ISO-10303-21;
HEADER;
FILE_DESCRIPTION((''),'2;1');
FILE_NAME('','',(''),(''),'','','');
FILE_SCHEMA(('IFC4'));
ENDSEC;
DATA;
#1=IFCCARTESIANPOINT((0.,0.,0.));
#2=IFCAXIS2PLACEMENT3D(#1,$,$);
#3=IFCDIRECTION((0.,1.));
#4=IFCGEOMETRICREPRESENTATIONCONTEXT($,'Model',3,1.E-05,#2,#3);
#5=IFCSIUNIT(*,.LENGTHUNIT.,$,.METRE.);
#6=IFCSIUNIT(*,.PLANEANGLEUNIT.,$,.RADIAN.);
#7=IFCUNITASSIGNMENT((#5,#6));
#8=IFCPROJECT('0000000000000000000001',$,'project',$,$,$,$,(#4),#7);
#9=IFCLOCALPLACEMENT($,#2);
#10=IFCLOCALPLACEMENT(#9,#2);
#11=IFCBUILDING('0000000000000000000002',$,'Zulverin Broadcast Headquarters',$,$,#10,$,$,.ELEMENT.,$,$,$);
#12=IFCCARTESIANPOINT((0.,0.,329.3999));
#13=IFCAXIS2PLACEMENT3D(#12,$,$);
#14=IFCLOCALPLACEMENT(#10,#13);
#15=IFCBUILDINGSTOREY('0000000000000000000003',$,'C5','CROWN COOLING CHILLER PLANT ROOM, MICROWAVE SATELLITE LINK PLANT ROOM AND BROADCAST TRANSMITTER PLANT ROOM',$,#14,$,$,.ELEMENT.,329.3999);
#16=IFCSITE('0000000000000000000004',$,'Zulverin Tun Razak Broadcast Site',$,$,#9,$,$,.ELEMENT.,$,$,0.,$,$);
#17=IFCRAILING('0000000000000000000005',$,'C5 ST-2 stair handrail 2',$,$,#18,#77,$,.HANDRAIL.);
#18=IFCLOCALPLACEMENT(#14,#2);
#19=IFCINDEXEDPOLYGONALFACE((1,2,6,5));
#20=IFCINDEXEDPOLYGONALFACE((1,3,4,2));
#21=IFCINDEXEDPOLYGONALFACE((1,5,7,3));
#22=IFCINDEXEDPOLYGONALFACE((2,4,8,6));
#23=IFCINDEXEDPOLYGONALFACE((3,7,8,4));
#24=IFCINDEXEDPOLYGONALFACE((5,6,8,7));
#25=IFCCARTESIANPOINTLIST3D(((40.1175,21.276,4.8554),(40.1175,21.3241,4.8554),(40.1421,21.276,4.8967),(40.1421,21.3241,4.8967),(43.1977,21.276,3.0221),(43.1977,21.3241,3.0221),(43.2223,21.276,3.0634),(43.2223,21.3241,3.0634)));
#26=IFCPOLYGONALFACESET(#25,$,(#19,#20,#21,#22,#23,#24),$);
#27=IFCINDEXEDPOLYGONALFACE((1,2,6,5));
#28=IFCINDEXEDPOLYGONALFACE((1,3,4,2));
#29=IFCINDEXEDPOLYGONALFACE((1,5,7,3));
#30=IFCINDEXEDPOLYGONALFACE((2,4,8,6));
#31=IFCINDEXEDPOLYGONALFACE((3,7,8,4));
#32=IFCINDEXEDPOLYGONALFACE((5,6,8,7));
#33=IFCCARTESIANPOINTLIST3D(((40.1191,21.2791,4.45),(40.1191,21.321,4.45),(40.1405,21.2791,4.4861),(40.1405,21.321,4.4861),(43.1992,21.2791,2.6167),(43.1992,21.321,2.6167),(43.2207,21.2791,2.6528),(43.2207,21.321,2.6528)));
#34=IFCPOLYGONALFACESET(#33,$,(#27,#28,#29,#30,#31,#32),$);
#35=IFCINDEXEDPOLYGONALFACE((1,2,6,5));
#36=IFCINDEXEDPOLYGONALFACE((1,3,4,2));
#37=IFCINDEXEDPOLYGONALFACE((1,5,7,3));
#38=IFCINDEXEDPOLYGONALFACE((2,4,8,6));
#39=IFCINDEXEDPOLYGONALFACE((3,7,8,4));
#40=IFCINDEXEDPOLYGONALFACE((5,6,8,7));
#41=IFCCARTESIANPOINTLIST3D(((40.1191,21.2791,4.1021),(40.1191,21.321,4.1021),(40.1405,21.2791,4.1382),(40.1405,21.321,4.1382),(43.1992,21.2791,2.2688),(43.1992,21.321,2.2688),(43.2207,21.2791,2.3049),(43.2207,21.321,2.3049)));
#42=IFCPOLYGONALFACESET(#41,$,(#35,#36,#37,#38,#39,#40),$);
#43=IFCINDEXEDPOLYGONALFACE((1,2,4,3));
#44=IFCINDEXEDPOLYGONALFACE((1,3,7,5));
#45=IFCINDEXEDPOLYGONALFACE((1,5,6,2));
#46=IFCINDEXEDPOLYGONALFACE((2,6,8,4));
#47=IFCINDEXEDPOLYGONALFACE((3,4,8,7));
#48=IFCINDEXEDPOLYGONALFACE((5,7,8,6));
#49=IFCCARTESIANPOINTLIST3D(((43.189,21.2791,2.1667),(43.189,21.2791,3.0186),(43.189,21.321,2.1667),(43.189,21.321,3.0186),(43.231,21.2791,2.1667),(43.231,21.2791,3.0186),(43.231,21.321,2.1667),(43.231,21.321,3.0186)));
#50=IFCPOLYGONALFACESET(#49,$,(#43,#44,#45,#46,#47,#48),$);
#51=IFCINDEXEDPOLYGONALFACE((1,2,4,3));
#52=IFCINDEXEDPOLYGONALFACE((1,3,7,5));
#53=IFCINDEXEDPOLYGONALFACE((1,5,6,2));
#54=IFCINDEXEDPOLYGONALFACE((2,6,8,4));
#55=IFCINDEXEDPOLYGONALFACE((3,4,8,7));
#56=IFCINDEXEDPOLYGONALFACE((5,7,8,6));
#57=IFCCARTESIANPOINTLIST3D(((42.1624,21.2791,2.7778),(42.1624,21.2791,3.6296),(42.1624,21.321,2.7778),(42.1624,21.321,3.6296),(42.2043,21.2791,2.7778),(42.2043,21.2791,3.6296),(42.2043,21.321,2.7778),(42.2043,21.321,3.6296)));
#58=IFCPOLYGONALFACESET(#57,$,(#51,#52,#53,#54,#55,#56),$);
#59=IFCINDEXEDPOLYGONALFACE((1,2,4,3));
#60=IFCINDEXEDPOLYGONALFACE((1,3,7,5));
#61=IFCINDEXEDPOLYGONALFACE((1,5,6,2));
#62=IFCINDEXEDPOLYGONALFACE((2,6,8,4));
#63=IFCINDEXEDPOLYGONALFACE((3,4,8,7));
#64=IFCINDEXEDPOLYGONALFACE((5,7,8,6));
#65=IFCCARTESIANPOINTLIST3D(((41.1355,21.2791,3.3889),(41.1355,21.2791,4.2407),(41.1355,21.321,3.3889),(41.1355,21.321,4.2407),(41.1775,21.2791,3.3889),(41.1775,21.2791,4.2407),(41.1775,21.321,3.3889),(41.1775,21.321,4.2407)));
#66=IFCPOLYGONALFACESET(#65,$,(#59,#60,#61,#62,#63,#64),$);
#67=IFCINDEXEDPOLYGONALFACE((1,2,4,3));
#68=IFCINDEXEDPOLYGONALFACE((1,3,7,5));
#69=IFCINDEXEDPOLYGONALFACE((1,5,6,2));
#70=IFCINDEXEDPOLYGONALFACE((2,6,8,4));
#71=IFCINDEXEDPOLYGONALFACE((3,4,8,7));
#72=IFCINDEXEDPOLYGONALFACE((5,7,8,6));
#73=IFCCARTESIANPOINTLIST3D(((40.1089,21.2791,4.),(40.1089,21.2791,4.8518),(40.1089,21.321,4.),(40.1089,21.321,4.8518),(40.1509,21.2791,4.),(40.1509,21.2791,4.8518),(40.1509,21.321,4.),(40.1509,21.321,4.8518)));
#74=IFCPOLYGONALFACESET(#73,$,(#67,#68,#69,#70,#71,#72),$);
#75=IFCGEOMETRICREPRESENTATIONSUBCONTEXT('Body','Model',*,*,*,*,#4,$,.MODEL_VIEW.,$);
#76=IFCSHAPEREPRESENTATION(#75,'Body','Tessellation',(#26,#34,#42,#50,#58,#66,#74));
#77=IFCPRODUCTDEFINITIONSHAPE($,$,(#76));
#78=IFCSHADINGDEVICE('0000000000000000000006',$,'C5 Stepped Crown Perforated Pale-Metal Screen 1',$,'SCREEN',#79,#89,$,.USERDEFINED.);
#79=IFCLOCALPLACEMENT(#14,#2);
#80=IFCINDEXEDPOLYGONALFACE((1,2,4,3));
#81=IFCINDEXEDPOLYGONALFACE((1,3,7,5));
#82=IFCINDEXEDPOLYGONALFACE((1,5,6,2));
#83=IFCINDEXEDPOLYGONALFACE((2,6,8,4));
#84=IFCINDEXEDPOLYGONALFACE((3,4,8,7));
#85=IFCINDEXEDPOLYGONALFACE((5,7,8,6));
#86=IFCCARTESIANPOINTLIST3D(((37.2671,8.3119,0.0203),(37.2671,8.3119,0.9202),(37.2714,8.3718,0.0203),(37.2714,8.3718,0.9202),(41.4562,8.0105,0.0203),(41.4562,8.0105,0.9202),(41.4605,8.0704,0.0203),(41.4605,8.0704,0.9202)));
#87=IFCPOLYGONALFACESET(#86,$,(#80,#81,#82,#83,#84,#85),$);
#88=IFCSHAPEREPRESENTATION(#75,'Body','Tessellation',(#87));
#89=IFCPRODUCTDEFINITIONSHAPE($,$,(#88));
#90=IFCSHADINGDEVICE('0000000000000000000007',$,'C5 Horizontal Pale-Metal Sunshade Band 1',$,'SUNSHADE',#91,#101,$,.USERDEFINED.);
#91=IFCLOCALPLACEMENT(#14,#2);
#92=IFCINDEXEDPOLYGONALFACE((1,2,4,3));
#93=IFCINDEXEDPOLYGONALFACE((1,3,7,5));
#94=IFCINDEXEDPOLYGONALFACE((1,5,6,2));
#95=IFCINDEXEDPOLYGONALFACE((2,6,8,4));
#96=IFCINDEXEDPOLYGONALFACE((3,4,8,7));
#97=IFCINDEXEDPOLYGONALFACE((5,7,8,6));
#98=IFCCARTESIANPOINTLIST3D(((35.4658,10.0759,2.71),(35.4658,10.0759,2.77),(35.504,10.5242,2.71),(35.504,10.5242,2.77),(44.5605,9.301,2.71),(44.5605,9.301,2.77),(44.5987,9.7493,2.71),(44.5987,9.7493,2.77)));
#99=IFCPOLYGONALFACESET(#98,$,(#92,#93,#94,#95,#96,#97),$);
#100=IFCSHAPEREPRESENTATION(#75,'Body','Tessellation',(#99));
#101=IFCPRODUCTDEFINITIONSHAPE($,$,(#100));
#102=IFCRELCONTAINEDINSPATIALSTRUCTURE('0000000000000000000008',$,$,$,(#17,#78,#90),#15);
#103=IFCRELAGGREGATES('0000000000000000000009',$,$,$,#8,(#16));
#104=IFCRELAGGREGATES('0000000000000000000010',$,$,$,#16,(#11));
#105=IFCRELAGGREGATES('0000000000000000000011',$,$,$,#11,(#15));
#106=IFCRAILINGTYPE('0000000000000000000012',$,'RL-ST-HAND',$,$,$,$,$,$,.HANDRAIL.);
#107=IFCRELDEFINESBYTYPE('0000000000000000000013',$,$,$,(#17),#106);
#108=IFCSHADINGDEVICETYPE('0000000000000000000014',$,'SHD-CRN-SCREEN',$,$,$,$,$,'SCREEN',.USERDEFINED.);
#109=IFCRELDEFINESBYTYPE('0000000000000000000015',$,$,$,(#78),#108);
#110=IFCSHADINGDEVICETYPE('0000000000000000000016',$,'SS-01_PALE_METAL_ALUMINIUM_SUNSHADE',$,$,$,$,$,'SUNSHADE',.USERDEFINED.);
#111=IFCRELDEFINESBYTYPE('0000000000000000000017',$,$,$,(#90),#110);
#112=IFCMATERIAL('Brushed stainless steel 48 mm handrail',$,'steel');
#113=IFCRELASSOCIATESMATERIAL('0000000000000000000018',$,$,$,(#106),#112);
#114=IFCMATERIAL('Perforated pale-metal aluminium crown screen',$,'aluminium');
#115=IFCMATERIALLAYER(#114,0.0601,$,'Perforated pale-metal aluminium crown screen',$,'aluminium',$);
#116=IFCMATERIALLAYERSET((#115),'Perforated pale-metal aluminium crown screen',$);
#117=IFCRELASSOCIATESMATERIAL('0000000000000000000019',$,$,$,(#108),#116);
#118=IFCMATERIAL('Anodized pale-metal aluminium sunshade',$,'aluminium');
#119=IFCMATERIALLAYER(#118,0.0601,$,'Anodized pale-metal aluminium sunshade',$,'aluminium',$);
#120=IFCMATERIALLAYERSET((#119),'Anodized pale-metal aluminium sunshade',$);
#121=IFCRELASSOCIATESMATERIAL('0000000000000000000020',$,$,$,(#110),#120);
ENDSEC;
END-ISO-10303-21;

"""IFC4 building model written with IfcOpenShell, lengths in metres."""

from ifc_helpers import new_model, si_unit, direction, frame, origin, origin_2d, place, context, subcontext, project, spatial, rectangle, extrude, material, layer, layer_set, type_object, element, save


model = new_model("IFC4")

# Units and contexts
model_context = context("Model", 3, precision=1e-05, world=origin(), true_north=direction((0.0, 1.0)))
body_context = subcontext(model_context, "Body", "Model", "MODEL_VIEW")
ifc_project = project(units=[si_unit("LENGTHUNIT", "METRE"), si_unit("PLANEANGLEUNIT", "RADIAN")], contexts=[model_context])

# Site, building, storey
site_placement = place(None, origin())
site = spatial("IfcSite", under=ifc_project, at=site_placement, Name="Zulverin Tun Razak Broadcast Site", CompositionType="ELEMENT", RefElevation=0.0)
building_placement = place(site_placement, origin())
building = spatial("IfcBuilding", under=site, at=building_placement, Name="Zulverin Broadcast Headquarters", CompositionType="ELEMENT")
storey_placement = place(building_placement, frame((0.0, 0.0, 329.3999)))
storey = spatial("IfcBuildingStorey", under=building, at=storey_placement, Name="C5", Description="CROWN COOLING CHILLER PLANT ROOM, MICROWAVE SATELLITE LINK PLANT ROOM AND BROADCAST TRANSMITTER PLANT ROOM", CompositionType="ELEMENT", Elevation=329.3999)

# Railing
ifc_material_1 = material(Name="Brushed stainless steel 48 mm handrail", Category="steel")
railing_type_1 = type_object("IfcRailingType", Name="RL-ST-HAND", PredefinedType="HANDRAIL", material=ifc_material_1)
railing_1_placement = place(storey_placement, frame((43.21, 21.3, 2.1667)))
element("IfcRailing", 1, at=railing_1_placement, inside=storey, type_object=railing_type_1, Name="C5 ST-2 stair handrail 2", PredefinedType="HANDRAIL", context=body_context, shape_type="SweptSolid", body=[
    extrude(rectangle(XDim=0.0481, YDim=0.0481, at=origin_2d()), frame((0.0, 0.0, 0.876), z_axis=(-0.859309, 0.0, 0.511458), x_axis=(0.0, -1.0, 0.0)), (0.0, 0.0, 1.0), 3.5845),
    extrude(rectangle(XDim=0.042, YDim=0.042, at=origin_2d()), frame((0.0, 0.0, 0.468), z_axis=(-0.859309, 0.0, 0.511458), x_axis=(0.0, -1.0, 0.0)), (0.0, 0.0, 1.0), 3.5845),
    extrude(rectangle(XDim=0.042, YDim=0.042, at=origin_2d()), frame((0.0, 0.0, 0.1201), z_axis=(-0.859309, 0.0, 0.511458), x_axis=(0.0, -1.0, 0.0)), (0.0, 0.0, 1.0), 3.5845),
    extrude(rectangle(XDim=0.042, YDim=0.042, at=origin_2d()), origin(), (0.0, 0.0, 1.0), 0.8518),
    extrude(rectangle(XDim=0.042, YDim=0.042, at=origin_2d()), frame((-1.0266, 0.0, 0.6111)), (0.0, 0.0, 1.0), 0.8518),
    extrude(rectangle(XDim=0.042, YDim=0.042, at=origin_2d()), frame((-2.0535, 0.0, 1.2222)), (0.0, 0.0, 1.0), 0.8518),
    extrude(rectangle(XDim=0.042, YDim=0.042, at=origin_2d()), frame((-3.0801, 0.0, 1.8333)), (0.0, 0.0, 1.0), 0.8518),
])

# Shading devices
ifc_material_2 = material(Name="Perforated pale-metal aluminium crown screen", Category="aluminium")
ifc_layer_1 = layer(ifc_material_2, 0.0601, Name="Perforated pale-metal aluminium crown screen", Category="aluminium")
ifc_layer_set_1 = layer_set([ifc_layer_1], Name="Perforated pale-metal aluminium crown screen")
shading_device_type_1 = type_object("IfcShadingDeviceType", Name="SHD-CRN-SCREEN", ElementType="SCREEN", PredefinedType="USERDEFINED", material=ifc_layer_set_1)
shading_device_1_placement = place(storey_placement, frame((39.3638, 8.1912, 0.0203), z_axis=(0.0, 0.0, 1.0), x_axis=(0.997421, -0.071774, 0.0)))
element("IfcShadingDevice", 2, at=shading_device_1_placement, inside=storey, type_object=shading_device_type_1, Name="C5 Stepped Crown Perforated Pale-Metal Screen 1", ObjectType="SCREEN", PredefinedType="USERDEFINED", context=body_context, shape_type="SweptSolid", body=[
    extrude(rectangle(XDim=4.2, YDim=0.0601, at=origin_2d()), origin(), (0.0, 0.0, 1.0), 0.8999),
])
ifc_material_3 = material(Name="Anodized pale-metal aluminium sunshade", Category="aluminium")
ifc_layer_2 = layer(ifc_material_3, 0.0601, Name="Anodized pale-metal aluminium sunshade", Category="aluminium")
ifc_layer_set_2 = layer_set([ifc_layer_2], Name="Anodized pale-metal aluminium sunshade")
shading_device_type_2 = type_object("IfcShadingDeviceType", Name="SS-01_PALE_METAL_ALUMINIUM_SUNSHADE", ElementType="SUNSHADE", PredefinedType="USERDEFINED", material=ifc_layer_set_2)
shading_device_2_placement = place(storey_placement, frame((40.0322, 9.9126, 2.71), z_axis=(0.0, 0.0, 1.0), x_axis=(0.996389, -0.0849, 0.0)))
element("IfcShadingDevice", 3, at=shading_device_2_placement, inside=storey, type_object=shading_device_type_2, Name="C5 Horizontal Pale-Metal Sunshade Band 1", ObjectType="SUNSHADE", PredefinedType="USERDEFINED", context=body_context, shape_type="SweptSolid", body=[
    extrude(rectangle(XDim=9.1277, YDim=0.45, at=origin_2d()), origin(), (0.0, 0.0, 1.0), 0.0601),
])

save(model, "model.ifc")
